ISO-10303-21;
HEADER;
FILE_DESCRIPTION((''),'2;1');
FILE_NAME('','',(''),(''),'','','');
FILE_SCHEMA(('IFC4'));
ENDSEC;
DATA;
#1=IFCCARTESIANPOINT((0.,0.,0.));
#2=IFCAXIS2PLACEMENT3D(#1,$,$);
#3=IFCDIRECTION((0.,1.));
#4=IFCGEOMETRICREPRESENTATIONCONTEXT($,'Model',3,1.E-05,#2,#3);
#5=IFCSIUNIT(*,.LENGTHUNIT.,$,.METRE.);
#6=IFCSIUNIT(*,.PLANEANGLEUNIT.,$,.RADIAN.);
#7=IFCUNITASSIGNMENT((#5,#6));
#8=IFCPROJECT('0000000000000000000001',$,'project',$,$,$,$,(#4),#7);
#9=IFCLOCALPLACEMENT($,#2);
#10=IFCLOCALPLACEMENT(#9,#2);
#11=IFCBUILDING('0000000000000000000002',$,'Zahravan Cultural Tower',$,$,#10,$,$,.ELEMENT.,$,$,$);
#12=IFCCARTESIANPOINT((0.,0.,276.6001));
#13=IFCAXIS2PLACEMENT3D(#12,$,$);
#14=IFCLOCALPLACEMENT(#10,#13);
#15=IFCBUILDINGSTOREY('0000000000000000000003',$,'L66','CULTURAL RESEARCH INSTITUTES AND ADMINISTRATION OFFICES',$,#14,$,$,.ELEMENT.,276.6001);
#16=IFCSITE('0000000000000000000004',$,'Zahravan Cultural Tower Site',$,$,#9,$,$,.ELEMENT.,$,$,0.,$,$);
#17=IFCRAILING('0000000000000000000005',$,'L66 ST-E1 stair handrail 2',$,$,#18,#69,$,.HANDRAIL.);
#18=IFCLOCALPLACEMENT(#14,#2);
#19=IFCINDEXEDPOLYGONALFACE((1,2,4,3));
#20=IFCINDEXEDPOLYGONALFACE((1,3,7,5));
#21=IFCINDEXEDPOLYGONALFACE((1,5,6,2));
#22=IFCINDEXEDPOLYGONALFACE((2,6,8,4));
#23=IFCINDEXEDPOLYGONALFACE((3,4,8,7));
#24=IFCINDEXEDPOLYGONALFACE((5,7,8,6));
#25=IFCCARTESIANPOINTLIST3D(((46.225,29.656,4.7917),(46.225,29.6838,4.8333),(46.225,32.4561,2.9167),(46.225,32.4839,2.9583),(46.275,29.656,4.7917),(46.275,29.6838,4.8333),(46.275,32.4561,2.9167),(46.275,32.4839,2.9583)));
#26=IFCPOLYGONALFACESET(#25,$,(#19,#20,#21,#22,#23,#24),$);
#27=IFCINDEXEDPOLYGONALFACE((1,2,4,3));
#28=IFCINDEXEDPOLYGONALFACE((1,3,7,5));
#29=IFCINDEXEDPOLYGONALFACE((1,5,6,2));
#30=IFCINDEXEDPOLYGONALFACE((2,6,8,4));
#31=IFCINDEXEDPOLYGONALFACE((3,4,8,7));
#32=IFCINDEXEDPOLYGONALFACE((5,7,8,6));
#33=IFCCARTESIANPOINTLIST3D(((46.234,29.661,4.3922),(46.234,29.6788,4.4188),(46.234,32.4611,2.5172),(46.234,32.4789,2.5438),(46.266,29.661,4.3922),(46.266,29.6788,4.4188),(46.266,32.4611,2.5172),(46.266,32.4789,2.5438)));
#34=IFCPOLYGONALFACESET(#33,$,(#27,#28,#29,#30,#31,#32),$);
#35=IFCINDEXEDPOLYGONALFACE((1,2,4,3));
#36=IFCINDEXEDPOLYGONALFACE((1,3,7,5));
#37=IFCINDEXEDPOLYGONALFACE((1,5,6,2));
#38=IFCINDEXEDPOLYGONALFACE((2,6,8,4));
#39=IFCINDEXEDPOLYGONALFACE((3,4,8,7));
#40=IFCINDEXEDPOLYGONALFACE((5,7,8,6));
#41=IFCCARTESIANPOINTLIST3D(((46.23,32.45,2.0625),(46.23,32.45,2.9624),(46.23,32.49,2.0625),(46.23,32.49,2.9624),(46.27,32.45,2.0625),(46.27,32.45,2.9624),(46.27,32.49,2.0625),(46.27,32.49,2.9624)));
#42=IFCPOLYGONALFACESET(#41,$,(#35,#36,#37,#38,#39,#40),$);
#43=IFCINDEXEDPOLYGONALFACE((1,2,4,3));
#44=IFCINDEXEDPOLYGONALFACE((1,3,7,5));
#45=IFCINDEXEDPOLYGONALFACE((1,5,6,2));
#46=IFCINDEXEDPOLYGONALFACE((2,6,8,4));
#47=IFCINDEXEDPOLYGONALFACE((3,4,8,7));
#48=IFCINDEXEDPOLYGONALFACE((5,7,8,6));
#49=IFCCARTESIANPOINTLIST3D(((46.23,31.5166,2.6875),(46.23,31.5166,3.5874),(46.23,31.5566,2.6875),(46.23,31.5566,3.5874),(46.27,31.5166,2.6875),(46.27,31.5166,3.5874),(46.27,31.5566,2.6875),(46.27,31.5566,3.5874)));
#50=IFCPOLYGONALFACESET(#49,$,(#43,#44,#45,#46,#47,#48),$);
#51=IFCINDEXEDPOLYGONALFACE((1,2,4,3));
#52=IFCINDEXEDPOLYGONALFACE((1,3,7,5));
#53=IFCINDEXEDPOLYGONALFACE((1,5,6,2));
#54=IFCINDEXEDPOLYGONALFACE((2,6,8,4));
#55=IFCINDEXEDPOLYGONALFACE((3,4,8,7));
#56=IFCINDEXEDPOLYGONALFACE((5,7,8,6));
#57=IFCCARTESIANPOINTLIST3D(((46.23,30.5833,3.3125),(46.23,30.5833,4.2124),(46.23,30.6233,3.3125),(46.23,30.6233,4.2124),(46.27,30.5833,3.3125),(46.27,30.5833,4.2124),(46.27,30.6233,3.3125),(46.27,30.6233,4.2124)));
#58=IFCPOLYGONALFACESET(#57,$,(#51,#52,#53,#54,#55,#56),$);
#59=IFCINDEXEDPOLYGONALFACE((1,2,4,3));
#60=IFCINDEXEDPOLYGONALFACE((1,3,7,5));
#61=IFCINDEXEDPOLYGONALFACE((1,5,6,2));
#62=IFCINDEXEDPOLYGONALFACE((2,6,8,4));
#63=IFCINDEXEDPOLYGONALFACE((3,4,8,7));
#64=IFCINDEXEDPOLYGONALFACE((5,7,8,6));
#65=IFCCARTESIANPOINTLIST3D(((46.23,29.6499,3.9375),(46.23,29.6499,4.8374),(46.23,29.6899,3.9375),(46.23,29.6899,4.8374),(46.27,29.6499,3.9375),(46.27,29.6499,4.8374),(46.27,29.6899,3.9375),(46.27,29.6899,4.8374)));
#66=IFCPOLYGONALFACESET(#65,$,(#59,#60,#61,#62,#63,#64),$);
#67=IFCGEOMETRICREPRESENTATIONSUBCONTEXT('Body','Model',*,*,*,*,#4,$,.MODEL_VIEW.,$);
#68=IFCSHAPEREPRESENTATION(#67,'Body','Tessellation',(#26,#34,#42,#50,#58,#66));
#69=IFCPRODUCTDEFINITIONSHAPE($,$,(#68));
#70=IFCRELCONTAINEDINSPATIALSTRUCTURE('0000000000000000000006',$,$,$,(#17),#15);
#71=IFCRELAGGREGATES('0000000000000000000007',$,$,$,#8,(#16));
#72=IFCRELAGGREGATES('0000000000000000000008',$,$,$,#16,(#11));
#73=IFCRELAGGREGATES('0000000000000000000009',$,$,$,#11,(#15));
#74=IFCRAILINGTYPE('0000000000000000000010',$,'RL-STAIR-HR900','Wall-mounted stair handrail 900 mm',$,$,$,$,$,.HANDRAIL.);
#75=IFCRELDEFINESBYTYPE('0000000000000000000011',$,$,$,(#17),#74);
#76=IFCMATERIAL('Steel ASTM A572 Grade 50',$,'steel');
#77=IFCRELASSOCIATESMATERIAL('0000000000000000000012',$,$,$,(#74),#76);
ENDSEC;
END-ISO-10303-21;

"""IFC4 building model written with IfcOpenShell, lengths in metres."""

from ifc_helpers import new_model, si_unit, direction, frame, origin, origin_2d, place, context, subcontext, project, spatial, rectangle, extrude, material, type_object, element, save


model = new_model("IFC4")

# Units and contexts
model_context = context("Model", 3, precision=1e-05, world=origin(), true_north=direction((0.0, 1.0)))
body_context = subcontext(model_context, "Body", "Model", "MODEL_VIEW")
ifc_project = project(units=[si_unit("LENGTHUNIT", "METRE"), si_unit("PLANEANGLEUNIT", "RADIAN")], contexts=[model_context])

# Site, building, storey
site_placement = place(None, origin())
site = spatial("IfcSite", under=ifc_project, at=site_placement, Name="Zahravan Cultural Tower Site", CompositionType="ELEMENT", RefElevation=0.0)
building_placement = place(site_placement, origin())
building = spatial("IfcBuilding", under=site, at=building_placement, Name="Zahravan Cultural Tower", CompositionType="ELEMENT")
storey_placement = place(building_placement, frame((0.0, 0.0, 276.6001)))
storey = spatial("IfcBuildingStorey", under=building, at=storey_placement, Name="L66", Description="CULTURAL RESEARCH INSTITUTES AND ADMINISTRATION OFFICES", CompositionType="ELEMENT", Elevation=276.6001)

# Shared definitions
ifc_material_1 = material(Name="Steel ASTM A572 Grade 50", Category="steel")

# Railing
railing_type = type_object("IfcRailingType", Name="RL-STAIR-HR900", Description="Wall-mounted stair handrail 900 mm", PredefinedType="HANDRAIL", material=ifc_material_1)
railing_placement = place(storey_placement, frame((46.25, 32.47, 2.0625)))
element("IfcRailing", 1, at=railing_placement, inside=storey, type_object=railing_type, Name="L66 ST-E1 stair handrail 2", PredefinedType="HANDRAIL", context=body_context, shape_type="SweptSolid", body=[
    extrude(rectangle(XDim=0.05, YDim=0.05, at=origin_2d()), frame((0.0, 0.0, 0.875), z_axis=(0.0, -0.830912, 0.556404), x_axis=(1.0, 0.0, 0.0)), (0.0, 0.0, 1.0), 3.3699),
    extrude(rectangle(XDim=0.032, YDim=0.032, at=origin_2d()), frame((0.0, 0.0, 0.468), z_axis=(0.0, -0.830912, 0.556404), x_axis=(1.0, 0.0, 0.0)), (0.0, 0.0, 1.0), 3.3699),
    extrude(rectangle(XDim=0.04, YDim=0.04, at=origin_2d()), origin(), (0.0, 0.0, 1.0), 0.8999),
    extrude(rectangle(XDim=0.04, YDim=0.04, at=origin_2d()), frame((0.0, -0.9333, 0.625)), (0.0, 0.0, 1.0), 0.8999),
    extrude(rectangle(XDim=0.04, YDim=0.04, at=origin_2d()), frame((0.0, -1.8667, 1.25)), (0.0, 0.0, 1.0), 0.8999),
    extrude(rectangle(XDim=0.04, YDim=0.04, at=origin_2d()), frame((0.0, -2.8, 1.875)), (0.0, 0.0, 1.0), 0.8999),
])

save(model, "model.ifc")
